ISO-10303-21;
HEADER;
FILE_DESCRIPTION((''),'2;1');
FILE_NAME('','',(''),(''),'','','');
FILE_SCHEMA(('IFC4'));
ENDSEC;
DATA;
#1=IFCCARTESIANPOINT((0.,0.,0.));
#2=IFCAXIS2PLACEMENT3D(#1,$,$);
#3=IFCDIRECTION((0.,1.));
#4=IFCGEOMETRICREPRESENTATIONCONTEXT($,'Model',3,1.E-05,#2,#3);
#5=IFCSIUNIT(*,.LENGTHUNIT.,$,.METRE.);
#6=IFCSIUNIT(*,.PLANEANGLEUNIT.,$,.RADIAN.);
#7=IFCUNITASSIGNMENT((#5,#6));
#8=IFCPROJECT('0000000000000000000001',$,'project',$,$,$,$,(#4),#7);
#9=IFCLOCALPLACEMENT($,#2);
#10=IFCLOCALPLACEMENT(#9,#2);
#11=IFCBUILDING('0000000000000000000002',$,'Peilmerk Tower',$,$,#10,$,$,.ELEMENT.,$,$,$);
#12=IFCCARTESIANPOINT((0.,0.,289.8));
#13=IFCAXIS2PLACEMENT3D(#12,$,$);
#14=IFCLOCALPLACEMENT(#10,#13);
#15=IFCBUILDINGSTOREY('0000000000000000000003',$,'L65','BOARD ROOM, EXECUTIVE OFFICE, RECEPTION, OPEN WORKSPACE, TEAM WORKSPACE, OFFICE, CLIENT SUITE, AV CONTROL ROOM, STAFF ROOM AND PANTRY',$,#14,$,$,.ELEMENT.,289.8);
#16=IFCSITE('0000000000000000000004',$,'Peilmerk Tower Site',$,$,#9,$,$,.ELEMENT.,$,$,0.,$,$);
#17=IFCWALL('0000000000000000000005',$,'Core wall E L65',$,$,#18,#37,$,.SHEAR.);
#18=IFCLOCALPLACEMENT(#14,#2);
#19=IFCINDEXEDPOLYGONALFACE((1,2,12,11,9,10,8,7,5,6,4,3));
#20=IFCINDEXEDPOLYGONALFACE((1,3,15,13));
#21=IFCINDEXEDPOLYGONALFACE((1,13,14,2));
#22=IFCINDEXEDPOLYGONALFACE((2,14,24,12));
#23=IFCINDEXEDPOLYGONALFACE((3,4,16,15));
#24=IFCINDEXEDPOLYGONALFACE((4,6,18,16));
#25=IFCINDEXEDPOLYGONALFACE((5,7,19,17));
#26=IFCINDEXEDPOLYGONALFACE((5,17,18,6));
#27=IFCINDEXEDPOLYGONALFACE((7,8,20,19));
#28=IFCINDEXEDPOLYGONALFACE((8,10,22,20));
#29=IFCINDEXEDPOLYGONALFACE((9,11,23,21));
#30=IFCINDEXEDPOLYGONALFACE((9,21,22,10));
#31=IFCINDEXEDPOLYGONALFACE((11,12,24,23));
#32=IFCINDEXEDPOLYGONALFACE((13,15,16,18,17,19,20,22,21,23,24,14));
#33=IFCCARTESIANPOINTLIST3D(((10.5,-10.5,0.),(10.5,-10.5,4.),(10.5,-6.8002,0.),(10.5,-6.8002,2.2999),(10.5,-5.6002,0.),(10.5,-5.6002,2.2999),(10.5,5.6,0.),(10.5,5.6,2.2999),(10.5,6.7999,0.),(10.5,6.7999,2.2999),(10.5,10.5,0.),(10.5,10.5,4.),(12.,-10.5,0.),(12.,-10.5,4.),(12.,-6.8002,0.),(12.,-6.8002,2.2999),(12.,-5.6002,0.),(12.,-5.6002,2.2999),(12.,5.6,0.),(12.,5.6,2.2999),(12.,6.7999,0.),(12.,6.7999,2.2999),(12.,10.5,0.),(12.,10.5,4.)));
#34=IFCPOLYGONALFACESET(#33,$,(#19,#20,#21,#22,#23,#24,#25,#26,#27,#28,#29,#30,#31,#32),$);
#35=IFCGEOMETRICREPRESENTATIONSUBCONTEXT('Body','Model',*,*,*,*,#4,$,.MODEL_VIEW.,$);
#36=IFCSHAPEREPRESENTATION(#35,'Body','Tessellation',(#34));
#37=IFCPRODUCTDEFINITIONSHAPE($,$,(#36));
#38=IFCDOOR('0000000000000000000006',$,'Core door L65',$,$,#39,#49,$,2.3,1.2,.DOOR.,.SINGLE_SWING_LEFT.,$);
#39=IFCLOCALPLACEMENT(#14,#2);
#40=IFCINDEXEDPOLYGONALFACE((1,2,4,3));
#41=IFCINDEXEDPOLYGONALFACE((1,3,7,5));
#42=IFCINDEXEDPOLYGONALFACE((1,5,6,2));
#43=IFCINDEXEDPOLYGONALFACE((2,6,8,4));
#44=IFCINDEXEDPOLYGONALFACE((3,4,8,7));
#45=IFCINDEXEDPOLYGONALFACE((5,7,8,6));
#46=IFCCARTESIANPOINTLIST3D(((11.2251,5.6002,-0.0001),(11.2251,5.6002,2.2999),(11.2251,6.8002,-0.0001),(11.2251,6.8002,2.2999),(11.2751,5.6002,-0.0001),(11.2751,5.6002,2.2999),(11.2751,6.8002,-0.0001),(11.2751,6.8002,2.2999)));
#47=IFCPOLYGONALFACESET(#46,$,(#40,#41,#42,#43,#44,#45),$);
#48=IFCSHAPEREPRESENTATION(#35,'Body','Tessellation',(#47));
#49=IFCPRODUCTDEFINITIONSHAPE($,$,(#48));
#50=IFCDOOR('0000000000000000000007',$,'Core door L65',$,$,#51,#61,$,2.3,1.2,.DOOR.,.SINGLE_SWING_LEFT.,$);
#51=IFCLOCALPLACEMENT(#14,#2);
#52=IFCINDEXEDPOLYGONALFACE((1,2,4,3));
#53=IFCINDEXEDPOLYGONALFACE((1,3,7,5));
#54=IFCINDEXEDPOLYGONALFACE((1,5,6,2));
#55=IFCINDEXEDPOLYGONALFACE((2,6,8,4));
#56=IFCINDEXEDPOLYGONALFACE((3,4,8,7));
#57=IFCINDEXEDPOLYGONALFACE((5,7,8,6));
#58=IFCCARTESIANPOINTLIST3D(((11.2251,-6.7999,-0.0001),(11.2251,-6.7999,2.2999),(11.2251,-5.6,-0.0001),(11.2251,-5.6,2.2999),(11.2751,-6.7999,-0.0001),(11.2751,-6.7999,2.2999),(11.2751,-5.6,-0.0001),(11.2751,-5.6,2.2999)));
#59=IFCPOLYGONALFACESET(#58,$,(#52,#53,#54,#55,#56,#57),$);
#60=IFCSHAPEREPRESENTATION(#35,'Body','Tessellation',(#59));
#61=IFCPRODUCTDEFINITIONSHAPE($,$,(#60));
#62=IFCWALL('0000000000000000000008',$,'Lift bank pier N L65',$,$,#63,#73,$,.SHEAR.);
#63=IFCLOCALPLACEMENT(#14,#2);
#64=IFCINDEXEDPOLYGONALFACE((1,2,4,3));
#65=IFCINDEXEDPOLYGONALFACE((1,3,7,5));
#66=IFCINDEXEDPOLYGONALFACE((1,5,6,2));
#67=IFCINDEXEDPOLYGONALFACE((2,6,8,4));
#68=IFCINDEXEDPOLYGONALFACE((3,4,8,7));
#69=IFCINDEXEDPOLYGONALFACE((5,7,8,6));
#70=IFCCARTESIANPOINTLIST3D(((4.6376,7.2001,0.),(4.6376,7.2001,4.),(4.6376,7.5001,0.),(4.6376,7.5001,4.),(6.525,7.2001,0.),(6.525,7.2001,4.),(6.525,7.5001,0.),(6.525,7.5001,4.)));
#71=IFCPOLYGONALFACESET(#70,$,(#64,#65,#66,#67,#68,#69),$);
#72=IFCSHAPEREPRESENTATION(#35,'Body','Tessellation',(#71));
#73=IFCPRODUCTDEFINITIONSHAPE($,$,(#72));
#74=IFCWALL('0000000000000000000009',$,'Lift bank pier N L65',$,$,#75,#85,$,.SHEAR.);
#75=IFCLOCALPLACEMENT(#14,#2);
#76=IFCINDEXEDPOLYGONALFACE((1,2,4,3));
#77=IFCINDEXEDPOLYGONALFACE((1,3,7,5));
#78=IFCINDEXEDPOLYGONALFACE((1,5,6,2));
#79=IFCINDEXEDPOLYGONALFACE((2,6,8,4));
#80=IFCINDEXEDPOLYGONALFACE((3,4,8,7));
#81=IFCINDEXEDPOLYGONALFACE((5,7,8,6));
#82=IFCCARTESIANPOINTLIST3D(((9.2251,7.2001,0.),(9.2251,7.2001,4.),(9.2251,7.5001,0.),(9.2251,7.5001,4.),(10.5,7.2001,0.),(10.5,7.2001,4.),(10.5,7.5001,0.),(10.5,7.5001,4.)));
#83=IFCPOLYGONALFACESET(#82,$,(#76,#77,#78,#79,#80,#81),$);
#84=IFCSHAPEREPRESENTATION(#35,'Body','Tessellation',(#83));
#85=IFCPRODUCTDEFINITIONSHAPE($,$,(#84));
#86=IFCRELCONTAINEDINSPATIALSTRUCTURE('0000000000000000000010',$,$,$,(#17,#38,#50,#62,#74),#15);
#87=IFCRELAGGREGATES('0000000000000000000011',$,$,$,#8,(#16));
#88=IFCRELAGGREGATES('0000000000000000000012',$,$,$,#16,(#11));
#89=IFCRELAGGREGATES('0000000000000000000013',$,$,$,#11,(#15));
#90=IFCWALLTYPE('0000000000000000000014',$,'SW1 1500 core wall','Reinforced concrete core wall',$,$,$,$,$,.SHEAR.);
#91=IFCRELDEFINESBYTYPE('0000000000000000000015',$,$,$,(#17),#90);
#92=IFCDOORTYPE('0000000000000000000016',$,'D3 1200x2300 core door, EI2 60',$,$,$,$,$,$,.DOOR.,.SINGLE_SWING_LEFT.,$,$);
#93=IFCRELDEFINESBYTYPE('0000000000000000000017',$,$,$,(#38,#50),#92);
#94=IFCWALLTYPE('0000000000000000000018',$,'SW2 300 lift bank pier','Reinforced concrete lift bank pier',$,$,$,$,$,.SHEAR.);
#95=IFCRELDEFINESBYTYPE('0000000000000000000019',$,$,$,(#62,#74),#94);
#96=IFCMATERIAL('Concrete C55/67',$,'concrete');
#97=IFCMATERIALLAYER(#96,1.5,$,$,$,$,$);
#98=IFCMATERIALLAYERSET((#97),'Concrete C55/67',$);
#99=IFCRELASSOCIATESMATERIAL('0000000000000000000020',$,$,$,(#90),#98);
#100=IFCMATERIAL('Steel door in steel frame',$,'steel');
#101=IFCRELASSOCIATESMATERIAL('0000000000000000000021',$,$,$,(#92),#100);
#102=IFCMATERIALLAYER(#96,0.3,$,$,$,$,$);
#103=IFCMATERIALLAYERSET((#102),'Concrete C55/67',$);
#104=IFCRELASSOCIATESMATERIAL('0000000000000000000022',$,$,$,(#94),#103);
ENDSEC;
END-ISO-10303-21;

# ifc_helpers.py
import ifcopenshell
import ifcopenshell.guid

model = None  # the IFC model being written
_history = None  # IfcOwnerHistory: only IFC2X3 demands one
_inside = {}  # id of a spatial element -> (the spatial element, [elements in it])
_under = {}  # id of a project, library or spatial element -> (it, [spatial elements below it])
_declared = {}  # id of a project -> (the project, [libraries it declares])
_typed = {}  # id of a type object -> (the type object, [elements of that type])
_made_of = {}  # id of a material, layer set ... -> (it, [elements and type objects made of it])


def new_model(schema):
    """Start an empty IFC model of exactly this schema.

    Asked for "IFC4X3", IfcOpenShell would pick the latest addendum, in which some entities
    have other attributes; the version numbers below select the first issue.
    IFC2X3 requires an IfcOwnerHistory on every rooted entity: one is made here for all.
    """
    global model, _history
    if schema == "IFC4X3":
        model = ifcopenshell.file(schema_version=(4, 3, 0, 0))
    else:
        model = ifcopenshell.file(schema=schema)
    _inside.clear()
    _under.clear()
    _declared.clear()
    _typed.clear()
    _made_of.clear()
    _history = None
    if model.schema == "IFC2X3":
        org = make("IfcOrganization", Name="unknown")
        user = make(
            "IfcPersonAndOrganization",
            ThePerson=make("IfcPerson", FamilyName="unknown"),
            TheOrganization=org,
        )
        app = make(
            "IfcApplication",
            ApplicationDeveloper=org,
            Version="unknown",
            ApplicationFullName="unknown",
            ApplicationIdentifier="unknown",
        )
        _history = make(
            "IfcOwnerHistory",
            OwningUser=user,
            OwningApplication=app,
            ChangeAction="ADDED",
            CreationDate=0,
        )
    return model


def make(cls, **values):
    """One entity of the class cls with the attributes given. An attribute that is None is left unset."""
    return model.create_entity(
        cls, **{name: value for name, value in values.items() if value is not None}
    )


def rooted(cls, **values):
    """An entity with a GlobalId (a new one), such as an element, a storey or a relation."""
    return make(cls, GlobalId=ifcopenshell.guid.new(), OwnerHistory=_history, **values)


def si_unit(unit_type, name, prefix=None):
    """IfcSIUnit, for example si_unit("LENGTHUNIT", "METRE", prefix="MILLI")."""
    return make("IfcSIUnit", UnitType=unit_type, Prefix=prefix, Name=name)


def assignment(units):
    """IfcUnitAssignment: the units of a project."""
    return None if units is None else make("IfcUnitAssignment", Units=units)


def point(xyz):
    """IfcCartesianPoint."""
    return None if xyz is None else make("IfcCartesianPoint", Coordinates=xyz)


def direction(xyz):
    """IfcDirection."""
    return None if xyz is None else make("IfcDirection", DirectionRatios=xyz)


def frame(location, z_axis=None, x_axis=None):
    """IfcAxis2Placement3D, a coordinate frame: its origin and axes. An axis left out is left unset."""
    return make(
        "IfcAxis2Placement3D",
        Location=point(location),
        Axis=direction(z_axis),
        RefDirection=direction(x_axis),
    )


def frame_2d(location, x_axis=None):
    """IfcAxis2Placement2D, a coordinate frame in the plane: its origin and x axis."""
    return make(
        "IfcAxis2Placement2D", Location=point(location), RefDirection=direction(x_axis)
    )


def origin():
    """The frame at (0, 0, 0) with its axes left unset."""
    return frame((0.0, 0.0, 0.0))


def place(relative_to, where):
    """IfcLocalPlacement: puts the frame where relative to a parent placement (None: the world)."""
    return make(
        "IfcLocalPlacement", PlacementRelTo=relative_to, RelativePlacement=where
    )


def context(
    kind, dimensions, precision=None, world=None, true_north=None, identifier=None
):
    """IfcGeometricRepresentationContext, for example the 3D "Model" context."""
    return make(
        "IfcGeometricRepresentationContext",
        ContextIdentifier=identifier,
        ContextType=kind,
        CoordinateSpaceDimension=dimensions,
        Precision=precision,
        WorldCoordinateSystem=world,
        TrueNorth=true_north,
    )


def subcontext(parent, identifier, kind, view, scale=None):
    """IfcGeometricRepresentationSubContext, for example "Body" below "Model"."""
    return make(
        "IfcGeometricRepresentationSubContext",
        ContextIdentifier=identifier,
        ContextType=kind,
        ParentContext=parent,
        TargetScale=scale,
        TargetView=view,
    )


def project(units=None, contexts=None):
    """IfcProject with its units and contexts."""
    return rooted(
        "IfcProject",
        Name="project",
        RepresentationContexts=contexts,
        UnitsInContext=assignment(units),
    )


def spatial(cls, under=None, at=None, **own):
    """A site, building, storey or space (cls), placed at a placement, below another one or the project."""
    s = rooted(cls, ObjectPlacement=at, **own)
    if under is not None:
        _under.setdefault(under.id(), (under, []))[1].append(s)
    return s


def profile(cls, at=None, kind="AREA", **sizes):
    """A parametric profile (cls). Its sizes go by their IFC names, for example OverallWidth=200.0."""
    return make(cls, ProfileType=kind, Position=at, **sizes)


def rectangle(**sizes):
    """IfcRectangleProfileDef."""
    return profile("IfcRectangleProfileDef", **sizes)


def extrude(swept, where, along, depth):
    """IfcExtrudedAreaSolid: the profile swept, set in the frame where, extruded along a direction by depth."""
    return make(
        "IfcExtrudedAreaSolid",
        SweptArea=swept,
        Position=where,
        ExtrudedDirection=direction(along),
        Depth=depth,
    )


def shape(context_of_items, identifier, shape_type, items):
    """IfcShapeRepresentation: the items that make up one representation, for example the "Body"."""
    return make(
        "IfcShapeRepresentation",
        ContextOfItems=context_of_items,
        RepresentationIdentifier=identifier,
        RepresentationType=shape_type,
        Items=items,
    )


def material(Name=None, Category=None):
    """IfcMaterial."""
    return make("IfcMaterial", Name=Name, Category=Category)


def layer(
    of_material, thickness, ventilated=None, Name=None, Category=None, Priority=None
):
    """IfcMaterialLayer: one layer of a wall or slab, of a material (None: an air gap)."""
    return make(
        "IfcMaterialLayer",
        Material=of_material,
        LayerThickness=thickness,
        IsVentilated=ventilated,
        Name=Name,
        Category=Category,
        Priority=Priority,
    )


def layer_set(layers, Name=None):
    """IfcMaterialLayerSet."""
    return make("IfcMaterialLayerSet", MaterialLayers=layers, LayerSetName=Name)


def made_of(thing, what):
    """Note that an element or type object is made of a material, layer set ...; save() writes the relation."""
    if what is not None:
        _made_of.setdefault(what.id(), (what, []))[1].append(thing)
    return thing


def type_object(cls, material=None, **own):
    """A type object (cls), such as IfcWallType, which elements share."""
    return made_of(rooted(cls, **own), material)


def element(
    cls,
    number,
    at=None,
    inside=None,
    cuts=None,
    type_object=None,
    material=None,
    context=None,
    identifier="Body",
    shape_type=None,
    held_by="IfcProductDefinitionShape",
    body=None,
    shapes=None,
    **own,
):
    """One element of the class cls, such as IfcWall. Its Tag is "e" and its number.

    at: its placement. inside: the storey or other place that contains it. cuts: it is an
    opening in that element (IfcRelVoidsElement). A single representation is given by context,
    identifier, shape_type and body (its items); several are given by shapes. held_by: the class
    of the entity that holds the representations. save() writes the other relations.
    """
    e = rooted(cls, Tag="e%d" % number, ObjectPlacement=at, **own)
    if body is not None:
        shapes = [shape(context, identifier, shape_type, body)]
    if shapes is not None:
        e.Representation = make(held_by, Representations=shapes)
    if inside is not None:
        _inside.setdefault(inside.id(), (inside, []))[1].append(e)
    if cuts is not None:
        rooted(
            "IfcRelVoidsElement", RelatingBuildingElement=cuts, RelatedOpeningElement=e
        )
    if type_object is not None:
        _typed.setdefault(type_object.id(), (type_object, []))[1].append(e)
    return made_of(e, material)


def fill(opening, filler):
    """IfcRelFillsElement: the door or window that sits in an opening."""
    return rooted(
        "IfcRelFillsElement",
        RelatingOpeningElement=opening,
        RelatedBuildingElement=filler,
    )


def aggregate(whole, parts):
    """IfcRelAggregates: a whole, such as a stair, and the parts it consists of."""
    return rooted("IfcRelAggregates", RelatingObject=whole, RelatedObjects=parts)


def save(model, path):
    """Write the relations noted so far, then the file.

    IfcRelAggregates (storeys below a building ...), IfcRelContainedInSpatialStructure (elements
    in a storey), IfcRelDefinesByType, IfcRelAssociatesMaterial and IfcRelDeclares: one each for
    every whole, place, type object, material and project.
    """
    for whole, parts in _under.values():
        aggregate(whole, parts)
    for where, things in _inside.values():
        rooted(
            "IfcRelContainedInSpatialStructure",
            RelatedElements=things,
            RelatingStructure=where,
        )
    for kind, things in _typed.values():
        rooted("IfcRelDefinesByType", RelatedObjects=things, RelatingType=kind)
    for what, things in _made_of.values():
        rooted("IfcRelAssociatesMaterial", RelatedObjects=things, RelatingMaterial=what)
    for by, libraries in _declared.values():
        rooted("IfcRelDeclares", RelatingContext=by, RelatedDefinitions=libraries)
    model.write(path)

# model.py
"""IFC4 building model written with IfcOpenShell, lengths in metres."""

from ifc_helpers import new_model, si_unit, direction, frame, frame_2d, origin, place, context, subcontext, project, spatial, rectangle, extrude, material, layer, layer_set, type_object, element, fill, save


model = new_model("IFC4")

# Units and contexts
model_context = context("Model", 3, precision=1e-05, world=origin(), true_north=direction((0.0, 1.0)))
body_context = subcontext(model_context, "Body", "Model", "MODEL_VIEW")
ifc_project = project(units=[si_unit("LENGTHUNIT", "METRE"), si_unit("PLANEANGLEUNIT", "RADIAN")], contexts=[model_context])

# Site, building, storey
site_placement = place(None, origin())
site = spatial("IfcSite", under=ifc_project, at=site_placement, Name="Peilmerk Tower Site", CompositionType="ELEMENT", RefElevation=0.0)
building_placement = place(site_placement, origin())
building = spatial("IfcBuilding", under=site, at=building_placement, Name="Peilmerk Tower", CompositionType="ELEMENT")
storey_placement = place(building_placement, frame((0.0, 0.0, 289.8)))
storey = spatial("IfcBuildingStorey", under=building, at=storey_placement, Name="L65", Description="BOARD ROOM, EXECUTIVE OFFICE, RECEPTION, OPEN WORKSPACE, TEAM WORKSPACE, OFFICE, CLIENT SUITE, AV CONTROL ROOM, STAFF ROOM AND PANTRY", CompositionType="ELEMENT", Elevation=289.8)

# Shared definitions
ifc_material_1 = material(Name="Steel door in steel frame", Category="steel")

# Wall, openings, doors
ifc_material_2 = material(Name="Concrete C55/67", Category="concrete")
ifc_layer_1 = layer(ifc_material_2, 1.5)
ifc_layer_set_1 = layer_set([ifc_layer_1], Name="Concrete C55/67")
wall_type_1 = type_object("IfcWallType", Name="SW1 1500 core wall", Description="Reinforced concrete core wall", PredefinedType="SHEAR", material=ifc_layer_set_1)
wall_1_placement = place(storey_placement, frame((11.25, 10.5, 0.0), z_axis=(0.0, 0.0, 1.0), x_axis=(0.0, -1.0, 0.0)))
wall_1 = element("IfcWall", 1, at=wall_1_placement, inside=storey, type_object=wall_type_1, Name="Core wall E L65", PredefinedType="SHEAR", context=body_context, shape_type="SweptSolid", body=[
    extrude(rectangle(XDim=21.0, YDim=1.5, at=frame_2d((10.5, 0.0))), origin(), (0.0, 0.0, 1.0), 4.0),
])
opening_1_placement = place(wall_1_placement, frame((3.7, 0.0, 0.0)))
opening_1 = element("IfcOpeningElement", 2, at=opening_1_placement, cuts=wall_1, PredefinedType="OPENING", context=body_context, shape_type="SweptSolid", body=[
    extrude(rectangle(XDim=1.2, YDim=2.3, at=frame_2d((0.6001, 1.1499))), frame((0.0, 0.76, 0.0), z_axis=(0.0, -1.0, 0.0), x_axis=(1.0, 0.0, 0.0)), (0.0, 0.0, 1.0), 1.52),
])
opening_2_placement = place(wall_1_placement, frame((16.1001, 0.0, 0.0)))
opening_2 = element("IfcOpeningElement", 3, at=opening_2_placement, cuts=wall_1, PredefinedType="OPENING", context=body_context, shape_type="SweptSolid", body=[
    extrude(rectangle(XDim=1.2, YDim=2.3, at=frame_2d((0.6001, 1.1499))), frame((0.0, 0.76, 0.0), z_axis=(0.0, -1.0, 0.0), x_axis=(1.0, 0.0, 0.0)), (0.0, 0.0, 1.0), 1.52),
])
door_type_1 = type_object("IfcDoorType", Name="D3 1200x2300 core door, EI2 60", OperationType="SINGLE_SWING_LEFT", PredefinedType="DOOR", material=ifc_material_1)
door_1_placement = place(opening_1_placement, frame((1.2, 0.0, 0.0), z_axis=(0.0, 0.0, 1.0), x_axis=(-1.0, 0.0, 0.0)))
door_1 = element("IfcDoor", 4, at=door_1_placement, inside=storey, type_object=door_type_1, Name="Core door L65", OperationType="SINGLE_SWING_LEFT", OverallHeight=2.3, OverallWidth=1.2, PredefinedType="DOOR", context=body_context, shape_type="SweptSolid", body=[
    extrude(rectangle(XDim=1.2, YDim=2.3, at=frame_2d((0.6001, 1.1499))), frame((0.0, 0.0249, 0.0), z_axis=(0.0, -1.0, 0.0), x_axis=(1.0, 0.0, 0.0)), (0.0, 0.0, 1.0), 0.05),
])
fill(opening_1, door_1)
door_2_placement = place(opening_2_placement, frame((1.2, 0.0, 0.0), z_axis=(0.0, 0.0, 1.0), x_axis=(-1.0, 0.0, 0.0)))
door_2 = element("IfcDoor", 5, at=door_2_placement, inside=storey, type_object=door_type_1, Name="Core door L65", OperationType="SINGLE_SWING_LEFT", OverallHeight=2.3, OverallWidth=1.2, PredefinedType="DOOR", context=body_context, shape_type="SweptSolid", body=[
    extrude(rectangle(XDim=1.2, YDim=2.3, at=frame_2d((0.6001, 1.1499))), frame((0.0, 0.0249, 0.0), z_axis=(0.0, -1.0, 0.0), x_axis=(1.0, 0.0, 0.0)), (0.0, 0.0, 1.0), 0.05),
])
fill(opening_2, door_2)

# Walls
ifc_layer_2 = layer(ifc_material_2, 0.3)
ifc_layer_set_2 = layer_set([ifc_layer_2], Name="Concrete C55/67")
wall_type_2 = type_object("IfcWallType", Name="SW2 300 lift bank pier", Description="Reinforced concrete lift bank pier", PredefinedType="SHEAR", material=ifc_layer_set_2)
wall_2_placement = place(storey_placement, frame((4.6375, 7.3501, 0.0), z_axis=(0.0, 0.0, 1.0), x_axis=(1.0, 0.0, 0.0)))
element("IfcWall", 6, at=wall_2_placement, inside=storey, type_object=wall_type_2, Name="Lift bank pier N L65", PredefinedType="SHEAR", context=body_context, shape_type="SweptSolid", body=[
    extrude(rectangle(XDim=1.8875, YDim=0.3, at=frame_2d((0.9438, 0.0))), origin(), (0.0, 0.0, 1.0), 4.0),
])
wall_3_placement = place(storey_placement, frame((9.2251, 7.3501, 0.0), z_axis=(0.0, 0.0, 1.0), x_axis=(1.0, 0.0, 0.0)))
element("IfcWall", 7, at=wall_3_placement, inside=storey, type_object=wall_type_2, Name="Lift bank pier N L65", PredefinedType="SHEAR", context=body_context, shape_type="SweptSolid", body=[
    extrude(rectangle(XDim=1.2749, YDim=0.3, at=frame_2d((0.6375, 0.0))), origin(), (0.0, 0.0, 1.0), 4.0),
])

save(model, "model.ifc")
